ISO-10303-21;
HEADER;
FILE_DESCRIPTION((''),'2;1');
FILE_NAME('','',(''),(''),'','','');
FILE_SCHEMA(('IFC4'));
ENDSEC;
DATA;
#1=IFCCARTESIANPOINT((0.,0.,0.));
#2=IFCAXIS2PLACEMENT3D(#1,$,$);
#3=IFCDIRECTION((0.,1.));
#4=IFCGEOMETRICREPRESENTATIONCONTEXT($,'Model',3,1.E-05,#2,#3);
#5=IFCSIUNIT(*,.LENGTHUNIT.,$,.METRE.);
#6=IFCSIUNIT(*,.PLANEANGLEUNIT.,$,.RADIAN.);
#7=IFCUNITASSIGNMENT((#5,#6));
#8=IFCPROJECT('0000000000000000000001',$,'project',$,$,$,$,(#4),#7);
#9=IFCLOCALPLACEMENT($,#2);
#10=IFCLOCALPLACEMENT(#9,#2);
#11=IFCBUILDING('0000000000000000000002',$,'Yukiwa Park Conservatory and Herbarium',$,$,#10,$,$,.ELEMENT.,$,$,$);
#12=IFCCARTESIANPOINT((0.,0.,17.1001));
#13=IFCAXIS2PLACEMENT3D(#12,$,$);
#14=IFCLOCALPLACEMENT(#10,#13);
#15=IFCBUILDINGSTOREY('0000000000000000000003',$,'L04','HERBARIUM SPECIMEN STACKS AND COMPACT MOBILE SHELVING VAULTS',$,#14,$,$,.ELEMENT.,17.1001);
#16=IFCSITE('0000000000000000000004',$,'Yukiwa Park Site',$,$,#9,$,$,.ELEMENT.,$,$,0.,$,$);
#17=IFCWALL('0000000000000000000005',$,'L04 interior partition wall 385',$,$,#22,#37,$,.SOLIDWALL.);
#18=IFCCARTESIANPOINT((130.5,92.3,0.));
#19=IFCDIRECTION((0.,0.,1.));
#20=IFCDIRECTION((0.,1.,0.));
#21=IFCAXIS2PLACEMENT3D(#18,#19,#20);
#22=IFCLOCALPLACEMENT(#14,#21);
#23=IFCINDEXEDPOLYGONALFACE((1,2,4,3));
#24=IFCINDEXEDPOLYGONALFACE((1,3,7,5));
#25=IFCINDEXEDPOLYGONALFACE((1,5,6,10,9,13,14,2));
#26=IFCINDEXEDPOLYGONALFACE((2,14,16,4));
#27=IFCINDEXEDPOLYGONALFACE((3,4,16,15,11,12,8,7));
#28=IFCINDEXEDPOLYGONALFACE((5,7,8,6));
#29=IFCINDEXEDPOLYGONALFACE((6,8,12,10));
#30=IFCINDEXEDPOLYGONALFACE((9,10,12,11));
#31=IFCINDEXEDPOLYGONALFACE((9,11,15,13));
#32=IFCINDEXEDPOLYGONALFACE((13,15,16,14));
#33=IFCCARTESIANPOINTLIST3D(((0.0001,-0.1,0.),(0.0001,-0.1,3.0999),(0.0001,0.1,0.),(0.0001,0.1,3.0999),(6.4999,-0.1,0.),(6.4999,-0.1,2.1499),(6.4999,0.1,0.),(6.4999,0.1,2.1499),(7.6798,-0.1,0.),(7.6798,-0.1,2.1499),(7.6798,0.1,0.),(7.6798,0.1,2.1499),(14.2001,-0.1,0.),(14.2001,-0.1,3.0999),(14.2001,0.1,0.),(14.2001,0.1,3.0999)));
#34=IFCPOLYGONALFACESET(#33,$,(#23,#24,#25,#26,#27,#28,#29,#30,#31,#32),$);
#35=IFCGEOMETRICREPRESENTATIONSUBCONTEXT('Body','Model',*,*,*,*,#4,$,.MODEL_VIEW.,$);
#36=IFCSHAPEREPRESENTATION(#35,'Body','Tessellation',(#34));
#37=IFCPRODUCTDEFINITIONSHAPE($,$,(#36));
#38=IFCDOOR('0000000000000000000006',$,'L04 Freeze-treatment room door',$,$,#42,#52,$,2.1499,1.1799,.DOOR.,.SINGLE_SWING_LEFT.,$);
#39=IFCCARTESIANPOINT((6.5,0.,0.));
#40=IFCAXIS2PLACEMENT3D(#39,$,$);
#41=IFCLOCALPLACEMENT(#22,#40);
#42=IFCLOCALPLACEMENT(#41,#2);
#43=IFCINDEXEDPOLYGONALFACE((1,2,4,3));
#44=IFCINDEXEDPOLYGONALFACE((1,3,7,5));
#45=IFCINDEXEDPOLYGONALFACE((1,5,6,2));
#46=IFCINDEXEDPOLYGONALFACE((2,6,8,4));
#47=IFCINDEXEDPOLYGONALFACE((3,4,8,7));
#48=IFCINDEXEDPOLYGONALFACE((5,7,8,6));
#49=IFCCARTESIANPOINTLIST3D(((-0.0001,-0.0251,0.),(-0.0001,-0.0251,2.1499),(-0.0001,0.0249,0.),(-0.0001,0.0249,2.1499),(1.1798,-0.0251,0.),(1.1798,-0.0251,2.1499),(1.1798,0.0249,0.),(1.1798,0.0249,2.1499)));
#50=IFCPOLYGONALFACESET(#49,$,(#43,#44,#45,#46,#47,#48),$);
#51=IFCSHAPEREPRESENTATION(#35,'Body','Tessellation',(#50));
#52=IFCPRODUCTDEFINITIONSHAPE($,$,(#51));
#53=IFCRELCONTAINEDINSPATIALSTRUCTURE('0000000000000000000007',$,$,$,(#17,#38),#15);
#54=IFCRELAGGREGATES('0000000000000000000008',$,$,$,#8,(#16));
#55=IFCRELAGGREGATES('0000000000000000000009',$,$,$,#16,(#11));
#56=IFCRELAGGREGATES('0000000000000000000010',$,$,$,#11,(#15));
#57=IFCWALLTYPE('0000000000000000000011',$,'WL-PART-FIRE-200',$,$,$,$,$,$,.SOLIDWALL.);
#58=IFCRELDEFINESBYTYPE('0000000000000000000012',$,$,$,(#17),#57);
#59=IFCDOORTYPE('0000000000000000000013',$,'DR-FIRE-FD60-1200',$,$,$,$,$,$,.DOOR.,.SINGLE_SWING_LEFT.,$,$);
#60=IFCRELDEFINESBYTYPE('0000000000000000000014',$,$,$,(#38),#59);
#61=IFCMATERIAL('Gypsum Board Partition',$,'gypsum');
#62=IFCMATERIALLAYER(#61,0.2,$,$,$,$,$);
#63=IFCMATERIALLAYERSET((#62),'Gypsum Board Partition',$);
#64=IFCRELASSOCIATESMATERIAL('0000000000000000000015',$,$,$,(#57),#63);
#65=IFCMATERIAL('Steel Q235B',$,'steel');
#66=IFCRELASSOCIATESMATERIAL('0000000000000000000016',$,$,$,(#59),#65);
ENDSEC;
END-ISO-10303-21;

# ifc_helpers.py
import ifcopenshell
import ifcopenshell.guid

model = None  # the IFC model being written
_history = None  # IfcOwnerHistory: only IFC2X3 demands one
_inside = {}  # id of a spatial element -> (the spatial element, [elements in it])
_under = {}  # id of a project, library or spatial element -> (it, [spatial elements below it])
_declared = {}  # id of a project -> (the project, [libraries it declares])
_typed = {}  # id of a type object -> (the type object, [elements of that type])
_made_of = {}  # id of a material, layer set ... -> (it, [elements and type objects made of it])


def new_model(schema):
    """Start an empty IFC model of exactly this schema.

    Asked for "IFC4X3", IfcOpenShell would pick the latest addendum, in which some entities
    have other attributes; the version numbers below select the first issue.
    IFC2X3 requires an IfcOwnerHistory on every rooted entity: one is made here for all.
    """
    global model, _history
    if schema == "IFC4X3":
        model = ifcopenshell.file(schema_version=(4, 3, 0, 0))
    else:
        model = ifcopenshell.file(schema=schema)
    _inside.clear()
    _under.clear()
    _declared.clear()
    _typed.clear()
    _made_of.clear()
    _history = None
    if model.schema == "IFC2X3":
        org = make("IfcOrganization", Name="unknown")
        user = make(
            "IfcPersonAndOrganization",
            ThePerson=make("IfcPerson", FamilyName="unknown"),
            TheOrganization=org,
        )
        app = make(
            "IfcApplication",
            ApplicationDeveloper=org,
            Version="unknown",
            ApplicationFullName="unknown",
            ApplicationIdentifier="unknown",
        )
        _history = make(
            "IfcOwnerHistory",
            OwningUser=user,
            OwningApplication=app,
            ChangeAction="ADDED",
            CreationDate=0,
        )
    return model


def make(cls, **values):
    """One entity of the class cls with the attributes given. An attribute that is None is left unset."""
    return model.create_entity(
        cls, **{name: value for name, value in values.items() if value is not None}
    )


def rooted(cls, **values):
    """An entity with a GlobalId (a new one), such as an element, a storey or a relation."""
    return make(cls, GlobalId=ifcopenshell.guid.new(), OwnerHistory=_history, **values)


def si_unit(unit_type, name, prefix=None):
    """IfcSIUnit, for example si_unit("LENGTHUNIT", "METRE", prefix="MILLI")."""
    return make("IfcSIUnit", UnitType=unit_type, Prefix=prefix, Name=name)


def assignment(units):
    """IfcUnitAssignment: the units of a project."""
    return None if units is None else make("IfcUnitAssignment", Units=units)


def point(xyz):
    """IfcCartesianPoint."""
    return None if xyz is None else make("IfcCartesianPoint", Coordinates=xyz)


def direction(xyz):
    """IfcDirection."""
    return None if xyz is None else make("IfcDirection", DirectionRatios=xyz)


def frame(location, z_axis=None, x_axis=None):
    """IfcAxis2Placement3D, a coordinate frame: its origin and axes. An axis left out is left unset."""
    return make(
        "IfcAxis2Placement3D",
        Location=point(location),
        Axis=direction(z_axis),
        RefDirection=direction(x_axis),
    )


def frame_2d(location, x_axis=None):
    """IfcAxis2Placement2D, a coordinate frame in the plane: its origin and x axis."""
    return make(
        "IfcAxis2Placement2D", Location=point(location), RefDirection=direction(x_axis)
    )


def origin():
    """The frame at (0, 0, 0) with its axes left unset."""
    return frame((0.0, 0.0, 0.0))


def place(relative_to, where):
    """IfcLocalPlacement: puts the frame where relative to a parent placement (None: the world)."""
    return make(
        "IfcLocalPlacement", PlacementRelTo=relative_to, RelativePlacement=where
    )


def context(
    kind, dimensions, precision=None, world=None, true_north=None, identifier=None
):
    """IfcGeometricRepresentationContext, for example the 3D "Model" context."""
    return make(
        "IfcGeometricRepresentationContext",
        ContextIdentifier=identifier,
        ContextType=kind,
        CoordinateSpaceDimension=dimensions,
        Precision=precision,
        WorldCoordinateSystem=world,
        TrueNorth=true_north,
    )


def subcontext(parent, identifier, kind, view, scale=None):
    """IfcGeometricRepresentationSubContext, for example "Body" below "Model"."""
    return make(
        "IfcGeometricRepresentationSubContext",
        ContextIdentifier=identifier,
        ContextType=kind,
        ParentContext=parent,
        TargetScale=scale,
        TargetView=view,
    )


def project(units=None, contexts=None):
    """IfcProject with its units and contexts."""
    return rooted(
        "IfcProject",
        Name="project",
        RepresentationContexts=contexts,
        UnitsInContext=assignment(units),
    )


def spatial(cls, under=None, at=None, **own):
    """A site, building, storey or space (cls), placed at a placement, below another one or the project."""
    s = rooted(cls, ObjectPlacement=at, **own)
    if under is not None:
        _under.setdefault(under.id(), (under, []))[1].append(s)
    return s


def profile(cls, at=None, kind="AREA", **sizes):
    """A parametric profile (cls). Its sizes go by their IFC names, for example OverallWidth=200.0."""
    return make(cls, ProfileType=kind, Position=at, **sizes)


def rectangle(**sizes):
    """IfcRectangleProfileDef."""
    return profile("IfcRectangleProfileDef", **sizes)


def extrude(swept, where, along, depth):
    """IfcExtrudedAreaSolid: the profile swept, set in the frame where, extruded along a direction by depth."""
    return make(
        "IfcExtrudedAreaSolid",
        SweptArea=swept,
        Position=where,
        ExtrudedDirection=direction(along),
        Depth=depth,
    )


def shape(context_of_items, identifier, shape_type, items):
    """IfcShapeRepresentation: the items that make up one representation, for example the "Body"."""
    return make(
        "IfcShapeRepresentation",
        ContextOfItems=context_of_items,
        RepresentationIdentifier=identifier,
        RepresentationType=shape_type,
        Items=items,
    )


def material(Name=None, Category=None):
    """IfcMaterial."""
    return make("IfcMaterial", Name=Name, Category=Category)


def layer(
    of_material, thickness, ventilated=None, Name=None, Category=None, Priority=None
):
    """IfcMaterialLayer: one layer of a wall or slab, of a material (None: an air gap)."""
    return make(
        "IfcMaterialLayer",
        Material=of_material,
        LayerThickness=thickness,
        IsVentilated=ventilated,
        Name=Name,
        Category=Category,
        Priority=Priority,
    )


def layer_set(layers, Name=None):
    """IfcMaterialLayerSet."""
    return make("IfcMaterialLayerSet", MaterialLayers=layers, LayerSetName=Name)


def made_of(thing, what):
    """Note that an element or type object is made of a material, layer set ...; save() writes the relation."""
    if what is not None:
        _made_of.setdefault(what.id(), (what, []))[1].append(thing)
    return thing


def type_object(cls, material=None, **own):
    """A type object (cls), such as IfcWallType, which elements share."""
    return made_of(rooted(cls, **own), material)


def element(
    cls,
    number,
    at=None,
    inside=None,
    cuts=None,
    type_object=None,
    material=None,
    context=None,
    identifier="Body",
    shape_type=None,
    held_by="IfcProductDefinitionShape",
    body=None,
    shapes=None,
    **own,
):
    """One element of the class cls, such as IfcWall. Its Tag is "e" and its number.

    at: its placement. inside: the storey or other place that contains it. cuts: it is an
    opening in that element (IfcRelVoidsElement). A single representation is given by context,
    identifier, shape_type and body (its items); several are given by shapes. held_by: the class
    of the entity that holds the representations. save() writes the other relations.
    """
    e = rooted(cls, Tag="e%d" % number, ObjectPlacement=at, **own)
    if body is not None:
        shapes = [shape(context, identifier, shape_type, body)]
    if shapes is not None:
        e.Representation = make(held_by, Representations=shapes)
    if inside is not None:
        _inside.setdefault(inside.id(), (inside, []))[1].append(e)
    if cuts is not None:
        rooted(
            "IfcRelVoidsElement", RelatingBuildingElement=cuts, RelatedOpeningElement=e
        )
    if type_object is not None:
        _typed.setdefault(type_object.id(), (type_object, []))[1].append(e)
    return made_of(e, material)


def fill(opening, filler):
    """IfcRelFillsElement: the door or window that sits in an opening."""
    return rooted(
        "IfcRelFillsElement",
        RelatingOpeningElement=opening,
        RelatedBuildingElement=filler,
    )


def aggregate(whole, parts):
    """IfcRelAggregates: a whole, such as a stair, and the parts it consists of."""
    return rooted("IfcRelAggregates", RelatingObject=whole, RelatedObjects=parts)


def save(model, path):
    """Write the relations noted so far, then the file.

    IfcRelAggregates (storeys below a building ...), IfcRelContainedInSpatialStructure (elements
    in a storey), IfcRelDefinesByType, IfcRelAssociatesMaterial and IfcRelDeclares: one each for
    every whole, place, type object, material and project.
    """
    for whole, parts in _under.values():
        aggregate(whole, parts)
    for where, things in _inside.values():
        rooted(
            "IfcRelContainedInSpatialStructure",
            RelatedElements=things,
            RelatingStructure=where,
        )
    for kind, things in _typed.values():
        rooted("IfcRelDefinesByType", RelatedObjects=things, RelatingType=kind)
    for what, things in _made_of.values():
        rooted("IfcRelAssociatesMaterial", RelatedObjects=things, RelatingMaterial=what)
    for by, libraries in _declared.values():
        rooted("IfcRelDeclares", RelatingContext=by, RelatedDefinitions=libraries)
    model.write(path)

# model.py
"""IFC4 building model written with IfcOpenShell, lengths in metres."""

from ifc_helpers import new_model, si_unit, direction, frame, frame_2d, origin, place, context, subcontext, project, spatial, rectangle, extrude, material, layer, layer_set, type_object, element, fill, save


model = new_model("IFC4")

# Units and contexts
model_context = context("Model", 3, precision=1e-05, world=origin(), true_north=direction((0.0, 1.0)))
body_context = subcontext(model_context, "Body", "Model", "MODEL_VIEW")
ifc_project = project(units=[si_unit("LENGTHUNIT", "METRE"), si_unit("PLANEANGLEUNIT", "RADIAN")], contexts=[model_context])

# Site, building, storey
site_placement = place(None, origin())
site = spatial("IfcSite", under=ifc_project, at=site_placement, Name="Yukiwa Park Site", CompositionType="ELEMENT", RefElevation=0.0)
building_placement = place(site_placement, origin())
building = spatial("IfcBuilding", under=site, at=building_placement, Name="Yukiwa Park Conservatory and Herbarium", CompositionType="ELEMENT")
storey_placement = place(building_placement, frame((0.0, 0.0, 17.1001)))
storey = spatial("IfcBuildingStorey", under=building, at=storey_placement, Name="L04", Description="HERBARIUM SPECIMEN STACKS AND COMPACT MOBILE SHELVING VAULTS", CompositionType="ELEMENT", Elevation=17.1001)

# Wall, opening, door
ifc_material_1 = material(Name="Gypsum Board Partition", Category="gypsum")
ifc_layer_1 = layer(ifc_material_1, 0.2)
ifc_layer_set_1 = layer_set([ifc_layer_1], Name="Gypsum Board Partition")
wall_type_1 = type_object("IfcWallType", Name="WL-PART-FIRE-200", PredefinedType="SOLIDWALL", material=ifc_layer_set_1)
wall_1_placement = place(storey_placement, frame((130.5, 92.3, 0.0), z_axis=(0.0, 0.0, 1.0), x_axis=(0.0, 1.0, 0.0)))
wall_1 = element("IfcWall", 1, at=wall_1_placement, inside=storey, type_object=wall_type_1, Name="L04 interior partition wall 385", PredefinedType="SOLIDWALL", context=body_context, shape_type="SweptSolid", body=[
    extrude(rectangle(XDim=14.2, YDim=0.2, at=frame_2d((7.1001, 0.0))), origin(), (0.0, 0.0, 1.0), 3.0999),
])
opening_1_placement = place(wall_1_placement, frame((6.5, 0.0, 0.0)))
opening_1 = element("IfcOpeningElement", 2, at=opening_1_placement, cuts=wall_1, PredefinedType="OPENING", context=body_context, shape_type="SweptSolid", body=[
    extrude(rectangle(XDim=1.1799, YDim=2.1499, at=frame_2d((0.5898, 1.075))), frame((0.0, 0.1099, 0.0), z_axis=(0.0, -1.0, 0.0), x_axis=(1.0, 0.0, 0.0)), (0.0, 0.0, 1.0), 0.22),
])
ifc_material_2 = material(Name="Steel Q235B", Category="steel")
door_type_1 = type_object("IfcDoorType", Name="DR-FIRE-FD60-1200", OperationType="SINGLE_SWING_LEFT", PredefinedType="DOOR", material=ifc_material_2)
door_1_placement = place(opening_1_placement, origin())
door_1 = element("IfcDoor", 3, at=door_1_placement, inside=storey, type_object=door_type_1, Name="L04 Freeze-treatment room door", OperationType="SINGLE_SWING_LEFT", OverallHeight=2.1499, OverallWidth=1.1799, PredefinedType="DOOR", context=body_context, shape_type="SweptSolid", body=[
    extrude(rectangle(XDim=1.1799, YDim=2.1499, at=frame_2d((0.5898, 1.075))), frame((0.0, 0.0249, 0.0), z_axis=(0.0, -1.0, 0.0), x_axis=(1.0, 0.0, 0.0)), (0.0, 0.0, 1.0), 0.05),
])
fill(opening_1, door_1)

save(model, "model.ifc")
